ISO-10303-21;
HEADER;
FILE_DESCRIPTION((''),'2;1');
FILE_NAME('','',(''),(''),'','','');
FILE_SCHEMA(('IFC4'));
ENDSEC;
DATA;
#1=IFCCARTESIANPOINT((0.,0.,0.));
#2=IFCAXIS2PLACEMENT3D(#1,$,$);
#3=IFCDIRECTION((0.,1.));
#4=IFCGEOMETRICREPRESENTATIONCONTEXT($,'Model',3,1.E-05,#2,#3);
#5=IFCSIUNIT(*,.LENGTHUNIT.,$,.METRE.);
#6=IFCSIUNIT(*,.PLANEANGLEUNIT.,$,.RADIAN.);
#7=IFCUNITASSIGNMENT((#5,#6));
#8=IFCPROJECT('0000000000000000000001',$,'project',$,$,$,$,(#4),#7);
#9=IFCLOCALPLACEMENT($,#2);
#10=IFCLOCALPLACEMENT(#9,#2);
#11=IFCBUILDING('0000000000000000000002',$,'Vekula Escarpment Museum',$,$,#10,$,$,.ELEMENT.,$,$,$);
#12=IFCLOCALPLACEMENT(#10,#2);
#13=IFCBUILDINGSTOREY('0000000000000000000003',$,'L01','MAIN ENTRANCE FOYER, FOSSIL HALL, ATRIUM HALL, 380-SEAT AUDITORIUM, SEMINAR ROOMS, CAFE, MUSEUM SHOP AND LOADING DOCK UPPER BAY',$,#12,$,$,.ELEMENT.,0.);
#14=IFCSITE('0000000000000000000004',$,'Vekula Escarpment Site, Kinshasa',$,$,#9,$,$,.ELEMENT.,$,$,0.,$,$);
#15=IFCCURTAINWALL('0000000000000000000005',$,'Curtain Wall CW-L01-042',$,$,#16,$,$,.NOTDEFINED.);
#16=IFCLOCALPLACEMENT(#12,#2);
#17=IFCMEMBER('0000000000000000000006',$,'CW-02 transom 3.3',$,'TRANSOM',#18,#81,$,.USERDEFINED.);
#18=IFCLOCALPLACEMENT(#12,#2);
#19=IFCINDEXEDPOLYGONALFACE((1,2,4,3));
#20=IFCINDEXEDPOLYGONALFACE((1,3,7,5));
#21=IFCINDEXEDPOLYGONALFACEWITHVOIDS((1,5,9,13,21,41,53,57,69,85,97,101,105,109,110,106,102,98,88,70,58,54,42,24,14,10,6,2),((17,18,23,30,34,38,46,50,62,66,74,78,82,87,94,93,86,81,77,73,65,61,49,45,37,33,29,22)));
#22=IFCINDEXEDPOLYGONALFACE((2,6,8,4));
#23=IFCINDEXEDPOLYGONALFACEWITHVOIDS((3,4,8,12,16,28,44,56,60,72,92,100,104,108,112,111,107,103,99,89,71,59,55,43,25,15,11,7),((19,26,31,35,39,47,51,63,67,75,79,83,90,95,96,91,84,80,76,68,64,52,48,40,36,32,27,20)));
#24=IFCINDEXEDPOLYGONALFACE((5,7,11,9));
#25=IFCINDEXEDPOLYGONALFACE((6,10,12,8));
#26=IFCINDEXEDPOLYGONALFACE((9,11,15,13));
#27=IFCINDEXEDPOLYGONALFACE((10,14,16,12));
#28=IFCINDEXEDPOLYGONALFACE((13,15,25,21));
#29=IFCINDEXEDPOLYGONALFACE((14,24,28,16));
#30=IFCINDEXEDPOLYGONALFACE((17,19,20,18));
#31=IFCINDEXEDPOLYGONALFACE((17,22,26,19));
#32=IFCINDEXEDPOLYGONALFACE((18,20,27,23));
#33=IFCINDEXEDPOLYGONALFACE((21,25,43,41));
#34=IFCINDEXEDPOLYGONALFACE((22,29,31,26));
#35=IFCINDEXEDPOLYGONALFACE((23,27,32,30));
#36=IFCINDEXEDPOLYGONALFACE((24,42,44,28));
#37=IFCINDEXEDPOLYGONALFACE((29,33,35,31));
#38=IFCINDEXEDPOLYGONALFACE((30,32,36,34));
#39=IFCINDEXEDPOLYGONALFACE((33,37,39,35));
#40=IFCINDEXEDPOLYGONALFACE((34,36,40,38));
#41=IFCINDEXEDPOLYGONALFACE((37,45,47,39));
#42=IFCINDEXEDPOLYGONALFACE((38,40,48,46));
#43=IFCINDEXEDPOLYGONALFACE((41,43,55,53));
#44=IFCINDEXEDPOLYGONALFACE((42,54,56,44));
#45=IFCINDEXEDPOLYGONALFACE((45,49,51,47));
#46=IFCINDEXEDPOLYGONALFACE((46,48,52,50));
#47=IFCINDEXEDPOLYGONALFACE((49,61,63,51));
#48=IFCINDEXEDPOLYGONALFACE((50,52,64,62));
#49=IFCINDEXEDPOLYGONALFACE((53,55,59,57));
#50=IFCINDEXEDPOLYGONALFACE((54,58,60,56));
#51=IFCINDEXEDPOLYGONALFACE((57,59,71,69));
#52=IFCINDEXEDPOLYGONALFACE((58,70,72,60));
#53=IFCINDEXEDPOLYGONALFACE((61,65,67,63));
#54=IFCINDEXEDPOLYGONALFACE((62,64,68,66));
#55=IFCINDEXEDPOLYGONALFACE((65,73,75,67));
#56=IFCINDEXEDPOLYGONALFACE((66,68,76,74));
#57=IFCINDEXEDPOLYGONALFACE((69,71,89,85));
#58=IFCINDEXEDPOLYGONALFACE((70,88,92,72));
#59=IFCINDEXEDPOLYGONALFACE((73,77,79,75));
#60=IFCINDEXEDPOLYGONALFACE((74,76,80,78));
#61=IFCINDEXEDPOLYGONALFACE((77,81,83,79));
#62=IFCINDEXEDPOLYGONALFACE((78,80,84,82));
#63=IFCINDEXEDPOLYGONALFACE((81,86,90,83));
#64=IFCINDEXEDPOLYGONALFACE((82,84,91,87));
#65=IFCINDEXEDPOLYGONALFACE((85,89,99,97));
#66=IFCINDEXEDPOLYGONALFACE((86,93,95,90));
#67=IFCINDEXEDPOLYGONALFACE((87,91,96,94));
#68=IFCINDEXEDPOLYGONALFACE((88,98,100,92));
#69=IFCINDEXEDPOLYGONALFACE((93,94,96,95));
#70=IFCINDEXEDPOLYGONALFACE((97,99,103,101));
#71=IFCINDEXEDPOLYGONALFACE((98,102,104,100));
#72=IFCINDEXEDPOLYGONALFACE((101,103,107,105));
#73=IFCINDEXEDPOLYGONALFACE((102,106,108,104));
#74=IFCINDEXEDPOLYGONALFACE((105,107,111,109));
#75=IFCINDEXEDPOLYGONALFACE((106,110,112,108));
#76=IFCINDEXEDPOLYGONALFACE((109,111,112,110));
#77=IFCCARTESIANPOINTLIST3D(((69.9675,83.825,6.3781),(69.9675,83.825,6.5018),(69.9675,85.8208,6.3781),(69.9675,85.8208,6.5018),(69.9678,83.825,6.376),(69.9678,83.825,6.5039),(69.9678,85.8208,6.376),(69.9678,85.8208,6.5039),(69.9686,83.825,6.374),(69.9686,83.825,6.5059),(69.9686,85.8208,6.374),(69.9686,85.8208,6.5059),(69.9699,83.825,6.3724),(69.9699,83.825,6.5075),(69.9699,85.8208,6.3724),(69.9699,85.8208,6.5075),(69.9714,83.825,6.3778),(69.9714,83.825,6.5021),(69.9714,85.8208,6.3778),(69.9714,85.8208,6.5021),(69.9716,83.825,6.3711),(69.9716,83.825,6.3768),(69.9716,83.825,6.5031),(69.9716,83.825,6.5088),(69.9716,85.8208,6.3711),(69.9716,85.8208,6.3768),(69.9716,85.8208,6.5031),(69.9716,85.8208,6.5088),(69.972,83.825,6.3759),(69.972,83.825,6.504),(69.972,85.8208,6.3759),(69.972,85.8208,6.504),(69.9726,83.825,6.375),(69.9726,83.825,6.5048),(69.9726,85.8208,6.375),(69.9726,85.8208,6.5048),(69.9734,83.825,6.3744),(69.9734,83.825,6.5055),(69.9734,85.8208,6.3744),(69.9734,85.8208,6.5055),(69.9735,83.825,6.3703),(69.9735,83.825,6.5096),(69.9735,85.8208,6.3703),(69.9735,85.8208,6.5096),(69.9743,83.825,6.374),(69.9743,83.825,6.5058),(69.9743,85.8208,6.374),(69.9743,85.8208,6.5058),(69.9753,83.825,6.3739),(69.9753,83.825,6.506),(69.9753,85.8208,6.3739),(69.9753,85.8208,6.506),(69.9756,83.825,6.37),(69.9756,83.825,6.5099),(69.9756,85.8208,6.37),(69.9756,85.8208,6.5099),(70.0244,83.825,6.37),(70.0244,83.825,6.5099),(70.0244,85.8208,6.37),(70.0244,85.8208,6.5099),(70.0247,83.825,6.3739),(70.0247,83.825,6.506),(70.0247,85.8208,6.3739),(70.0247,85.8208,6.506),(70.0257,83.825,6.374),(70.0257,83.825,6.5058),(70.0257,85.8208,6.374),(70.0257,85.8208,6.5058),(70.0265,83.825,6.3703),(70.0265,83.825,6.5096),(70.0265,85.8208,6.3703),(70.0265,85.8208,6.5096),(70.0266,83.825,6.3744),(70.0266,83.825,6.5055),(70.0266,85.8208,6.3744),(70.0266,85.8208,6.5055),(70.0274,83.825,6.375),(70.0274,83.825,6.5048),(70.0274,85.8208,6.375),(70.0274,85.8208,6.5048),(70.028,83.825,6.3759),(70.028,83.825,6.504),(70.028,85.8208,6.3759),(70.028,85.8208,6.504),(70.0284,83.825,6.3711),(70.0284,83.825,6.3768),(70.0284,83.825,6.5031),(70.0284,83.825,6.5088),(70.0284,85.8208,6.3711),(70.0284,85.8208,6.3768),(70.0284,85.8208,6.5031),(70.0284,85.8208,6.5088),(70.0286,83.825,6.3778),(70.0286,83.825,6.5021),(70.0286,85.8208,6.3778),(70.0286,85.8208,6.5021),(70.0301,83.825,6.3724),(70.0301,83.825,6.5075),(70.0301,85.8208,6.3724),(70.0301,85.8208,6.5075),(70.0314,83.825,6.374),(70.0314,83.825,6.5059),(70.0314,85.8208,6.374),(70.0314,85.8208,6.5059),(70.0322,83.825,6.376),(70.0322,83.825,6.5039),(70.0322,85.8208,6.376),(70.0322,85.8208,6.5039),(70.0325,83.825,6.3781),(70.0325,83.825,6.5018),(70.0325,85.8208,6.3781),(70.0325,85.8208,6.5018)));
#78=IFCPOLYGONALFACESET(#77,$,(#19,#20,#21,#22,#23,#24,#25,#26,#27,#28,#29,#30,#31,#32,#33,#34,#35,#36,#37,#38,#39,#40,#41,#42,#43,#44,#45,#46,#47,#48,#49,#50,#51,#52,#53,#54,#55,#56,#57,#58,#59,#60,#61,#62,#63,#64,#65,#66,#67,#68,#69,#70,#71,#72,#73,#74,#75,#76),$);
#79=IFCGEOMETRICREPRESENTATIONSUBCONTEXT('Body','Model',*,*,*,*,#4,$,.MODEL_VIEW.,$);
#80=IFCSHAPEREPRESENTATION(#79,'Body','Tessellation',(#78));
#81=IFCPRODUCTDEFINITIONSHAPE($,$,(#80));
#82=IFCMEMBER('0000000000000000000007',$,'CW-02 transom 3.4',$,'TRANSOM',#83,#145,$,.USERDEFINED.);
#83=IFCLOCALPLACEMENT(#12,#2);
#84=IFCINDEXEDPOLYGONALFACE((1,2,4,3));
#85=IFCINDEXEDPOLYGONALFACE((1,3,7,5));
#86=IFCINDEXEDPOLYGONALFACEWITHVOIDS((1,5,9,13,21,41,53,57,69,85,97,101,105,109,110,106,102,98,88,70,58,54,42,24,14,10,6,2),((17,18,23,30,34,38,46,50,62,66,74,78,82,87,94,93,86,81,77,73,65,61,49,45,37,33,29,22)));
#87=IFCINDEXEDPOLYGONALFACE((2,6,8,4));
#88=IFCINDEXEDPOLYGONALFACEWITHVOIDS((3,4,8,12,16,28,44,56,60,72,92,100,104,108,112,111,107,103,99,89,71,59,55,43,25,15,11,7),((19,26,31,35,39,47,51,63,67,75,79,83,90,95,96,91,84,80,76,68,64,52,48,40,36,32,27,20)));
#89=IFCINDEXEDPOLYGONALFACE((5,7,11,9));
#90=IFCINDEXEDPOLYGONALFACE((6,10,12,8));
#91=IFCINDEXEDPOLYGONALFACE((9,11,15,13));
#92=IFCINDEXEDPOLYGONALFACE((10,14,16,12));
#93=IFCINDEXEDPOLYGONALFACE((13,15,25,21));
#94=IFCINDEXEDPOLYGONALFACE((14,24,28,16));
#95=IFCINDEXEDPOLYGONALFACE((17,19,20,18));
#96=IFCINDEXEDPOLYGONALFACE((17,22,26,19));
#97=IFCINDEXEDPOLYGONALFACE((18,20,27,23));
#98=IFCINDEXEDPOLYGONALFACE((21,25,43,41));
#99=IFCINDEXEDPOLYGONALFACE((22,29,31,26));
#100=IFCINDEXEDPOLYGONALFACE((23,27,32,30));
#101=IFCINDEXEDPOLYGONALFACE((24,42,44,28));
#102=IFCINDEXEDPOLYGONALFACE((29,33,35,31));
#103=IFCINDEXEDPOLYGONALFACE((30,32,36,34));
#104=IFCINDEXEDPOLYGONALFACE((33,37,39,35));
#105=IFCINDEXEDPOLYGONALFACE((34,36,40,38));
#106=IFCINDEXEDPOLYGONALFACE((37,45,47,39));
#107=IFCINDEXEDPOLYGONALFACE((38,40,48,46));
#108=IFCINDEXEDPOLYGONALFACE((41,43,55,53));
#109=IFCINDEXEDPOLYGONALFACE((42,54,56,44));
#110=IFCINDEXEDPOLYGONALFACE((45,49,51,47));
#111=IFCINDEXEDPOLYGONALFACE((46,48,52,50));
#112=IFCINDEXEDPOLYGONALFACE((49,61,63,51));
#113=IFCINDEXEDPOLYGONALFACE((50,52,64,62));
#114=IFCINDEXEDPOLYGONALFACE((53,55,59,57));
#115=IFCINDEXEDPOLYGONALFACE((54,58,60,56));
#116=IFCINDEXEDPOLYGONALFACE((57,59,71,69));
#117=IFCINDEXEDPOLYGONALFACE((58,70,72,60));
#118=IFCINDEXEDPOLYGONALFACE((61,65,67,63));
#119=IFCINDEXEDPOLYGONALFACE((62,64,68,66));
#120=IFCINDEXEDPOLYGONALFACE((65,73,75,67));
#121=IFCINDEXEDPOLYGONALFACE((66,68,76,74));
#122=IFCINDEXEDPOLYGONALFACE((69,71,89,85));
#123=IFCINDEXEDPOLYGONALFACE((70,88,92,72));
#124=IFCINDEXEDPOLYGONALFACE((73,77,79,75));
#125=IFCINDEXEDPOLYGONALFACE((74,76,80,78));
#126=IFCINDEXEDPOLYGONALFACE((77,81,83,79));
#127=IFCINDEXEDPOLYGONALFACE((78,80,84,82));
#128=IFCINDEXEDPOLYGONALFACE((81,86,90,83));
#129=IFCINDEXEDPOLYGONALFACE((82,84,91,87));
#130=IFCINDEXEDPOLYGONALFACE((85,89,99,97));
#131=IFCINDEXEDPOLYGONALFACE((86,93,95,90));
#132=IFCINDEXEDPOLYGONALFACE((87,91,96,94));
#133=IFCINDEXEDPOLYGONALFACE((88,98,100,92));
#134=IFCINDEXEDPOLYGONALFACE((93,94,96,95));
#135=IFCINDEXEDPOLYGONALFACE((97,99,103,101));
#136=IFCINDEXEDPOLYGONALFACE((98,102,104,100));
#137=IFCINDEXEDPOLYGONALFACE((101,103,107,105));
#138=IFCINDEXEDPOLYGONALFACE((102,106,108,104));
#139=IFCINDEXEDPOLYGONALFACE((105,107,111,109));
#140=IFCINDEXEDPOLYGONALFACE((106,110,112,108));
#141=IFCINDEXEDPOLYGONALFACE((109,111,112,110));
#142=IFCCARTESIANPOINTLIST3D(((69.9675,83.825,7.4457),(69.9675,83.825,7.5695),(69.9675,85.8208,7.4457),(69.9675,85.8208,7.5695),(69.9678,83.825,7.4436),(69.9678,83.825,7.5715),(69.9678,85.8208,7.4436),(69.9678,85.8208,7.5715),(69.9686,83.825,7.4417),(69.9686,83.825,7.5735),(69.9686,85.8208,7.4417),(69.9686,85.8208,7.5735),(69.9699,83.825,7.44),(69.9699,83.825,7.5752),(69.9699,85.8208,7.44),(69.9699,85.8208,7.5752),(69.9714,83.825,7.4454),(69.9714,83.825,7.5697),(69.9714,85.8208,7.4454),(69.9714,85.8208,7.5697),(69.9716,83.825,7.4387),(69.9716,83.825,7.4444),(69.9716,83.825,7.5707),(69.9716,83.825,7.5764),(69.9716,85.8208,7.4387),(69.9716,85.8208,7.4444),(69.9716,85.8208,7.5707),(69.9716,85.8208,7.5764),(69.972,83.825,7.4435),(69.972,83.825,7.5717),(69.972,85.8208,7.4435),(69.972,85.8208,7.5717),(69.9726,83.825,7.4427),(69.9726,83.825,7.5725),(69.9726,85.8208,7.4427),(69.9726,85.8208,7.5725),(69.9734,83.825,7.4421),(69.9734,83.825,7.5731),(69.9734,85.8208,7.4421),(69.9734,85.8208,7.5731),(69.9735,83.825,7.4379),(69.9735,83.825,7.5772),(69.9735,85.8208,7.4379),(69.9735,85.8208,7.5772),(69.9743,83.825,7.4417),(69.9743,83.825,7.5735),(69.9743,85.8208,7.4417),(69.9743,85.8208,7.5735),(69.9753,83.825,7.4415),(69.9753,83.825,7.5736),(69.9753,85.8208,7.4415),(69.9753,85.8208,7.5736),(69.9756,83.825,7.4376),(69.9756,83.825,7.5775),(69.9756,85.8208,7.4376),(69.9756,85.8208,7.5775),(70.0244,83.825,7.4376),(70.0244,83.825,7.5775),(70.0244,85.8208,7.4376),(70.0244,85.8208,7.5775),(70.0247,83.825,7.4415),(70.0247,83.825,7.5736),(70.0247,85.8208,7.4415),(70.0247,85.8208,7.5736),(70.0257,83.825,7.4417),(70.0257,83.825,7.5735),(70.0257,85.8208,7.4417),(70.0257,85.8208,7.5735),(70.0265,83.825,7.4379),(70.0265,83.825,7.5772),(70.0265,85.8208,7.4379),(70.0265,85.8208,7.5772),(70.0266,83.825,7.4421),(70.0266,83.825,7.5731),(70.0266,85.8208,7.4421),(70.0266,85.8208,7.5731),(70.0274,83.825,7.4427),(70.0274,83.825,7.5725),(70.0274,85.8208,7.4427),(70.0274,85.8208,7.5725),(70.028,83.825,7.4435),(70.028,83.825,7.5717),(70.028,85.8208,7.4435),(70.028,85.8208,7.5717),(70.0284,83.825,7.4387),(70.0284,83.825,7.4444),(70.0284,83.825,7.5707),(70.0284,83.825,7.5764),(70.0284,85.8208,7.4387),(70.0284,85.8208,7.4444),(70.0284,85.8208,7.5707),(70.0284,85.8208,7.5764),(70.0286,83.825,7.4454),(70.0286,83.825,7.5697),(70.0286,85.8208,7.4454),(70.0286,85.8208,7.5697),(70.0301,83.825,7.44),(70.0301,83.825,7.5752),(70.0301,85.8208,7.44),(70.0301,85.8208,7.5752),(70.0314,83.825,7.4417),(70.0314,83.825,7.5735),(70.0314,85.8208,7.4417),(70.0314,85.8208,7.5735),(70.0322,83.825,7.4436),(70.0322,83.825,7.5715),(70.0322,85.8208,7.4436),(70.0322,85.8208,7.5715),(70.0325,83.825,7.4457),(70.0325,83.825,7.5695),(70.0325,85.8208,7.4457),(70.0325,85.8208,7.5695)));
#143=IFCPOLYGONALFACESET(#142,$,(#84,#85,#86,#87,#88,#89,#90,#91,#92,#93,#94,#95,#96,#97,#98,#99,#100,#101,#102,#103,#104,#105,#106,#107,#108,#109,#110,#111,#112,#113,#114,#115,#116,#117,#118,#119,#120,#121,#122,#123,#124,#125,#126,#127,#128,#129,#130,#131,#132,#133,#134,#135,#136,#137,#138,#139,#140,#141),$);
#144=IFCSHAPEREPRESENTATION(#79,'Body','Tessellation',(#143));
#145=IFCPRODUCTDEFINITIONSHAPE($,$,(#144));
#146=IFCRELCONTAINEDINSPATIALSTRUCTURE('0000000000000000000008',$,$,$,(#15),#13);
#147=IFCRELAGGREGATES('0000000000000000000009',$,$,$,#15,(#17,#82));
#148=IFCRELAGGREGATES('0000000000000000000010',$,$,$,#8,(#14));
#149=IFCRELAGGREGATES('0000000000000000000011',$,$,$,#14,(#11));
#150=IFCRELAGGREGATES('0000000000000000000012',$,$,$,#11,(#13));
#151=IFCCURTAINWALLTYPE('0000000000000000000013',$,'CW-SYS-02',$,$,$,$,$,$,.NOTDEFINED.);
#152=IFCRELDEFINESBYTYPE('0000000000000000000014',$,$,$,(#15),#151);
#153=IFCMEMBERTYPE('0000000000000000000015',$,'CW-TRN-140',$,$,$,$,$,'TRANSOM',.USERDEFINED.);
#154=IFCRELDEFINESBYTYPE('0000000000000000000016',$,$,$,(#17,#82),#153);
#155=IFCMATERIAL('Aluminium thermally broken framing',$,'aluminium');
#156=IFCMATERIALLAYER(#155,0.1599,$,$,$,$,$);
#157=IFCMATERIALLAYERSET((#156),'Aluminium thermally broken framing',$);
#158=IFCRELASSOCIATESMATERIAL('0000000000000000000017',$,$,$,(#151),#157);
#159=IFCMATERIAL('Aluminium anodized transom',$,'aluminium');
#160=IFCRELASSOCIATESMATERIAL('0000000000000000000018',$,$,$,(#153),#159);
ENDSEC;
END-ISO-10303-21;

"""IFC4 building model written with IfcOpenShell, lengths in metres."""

from ifc_helpers import new_model, si_unit, direction, frame, origin, origin_2d, place, context, subcontext, project, spatial, hollow_rectangle, extrude, material, layer, layer_set, material_profile, profile_set, type_object, element, aggregate, save


model = new_model("IFC4")

# Units and contexts
model_context = context("Model", 3, precision=1e-05, world=origin(), true_north=direction((0.0, 1.0)))
body_context = subcontext(model_context, "Body", "Model", "MODEL_VIEW")
ifc_project = project(units=[si_unit("LENGTHUNIT", "METRE"), si_unit("PLANEANGLEUNIT", "RADIAN")], contexts=[model_context])

# Site, building, storey
site_placement = place(None, origin())
site = spatial("IfcSite", under=ifc_project, at=site_placement, Name="Vekula Escarpment Site, Kinshasa", CompositionType="ELEMENT", RefElevation=0.0)
building_placement = place(site_placement, origin())
building = spatial("IfcBuilding", under=site, at=building_placement, Name="Vekula Escarpment Museum", CompositionType="ELEMENT")
storey_placement = place(building_placement, origin())
storey = spatial("IfcBuildingStorey", under=building, at=storey_placement, Name="L01", Description="MAIN ENTRANCE FOYER, FOSSIL HALL, ATRIUM HALL, 380-SEAT AUDITORIUM, SEMINAR ROOMS, CAFE, MUSEUM SHOP AND LOADING DOCK UPPER BAY", CompositionType="ELEMENT", Elevation=0.0)

# Curtain wall, members
ifc_material_1 = material(Name="Aluminium thermally broken framing", Category="aluminium")
ifc_layer_1 = layer(ifc_material_1, 0.1599)
ifc_layer_set_1 = layer_set([ifc_layer_1], Name="Aluminium thermally broken framing")
curtain_wall_type = type_object("IfcCurtainWallType", Name="CW-SYS-02", PredefinedType="NOTDEFINED", material=ifc_layer_set_1)
curtain_wall_placement = place(storey_placement, origin())
curtain_wall = element("IfcCurtainWall", 1, at=curtain_wall_placement, inside=storey, type_object=curtain_wall_type, Name="Curtain Wall CW-L01-042", PredefinedType="NOTDEFINED")
ifc_material_2 = material(Name="Aluminium anodized transom", Category="aluminium")
ifc_material_profile_1 = material_profile(ifc_material_2, hollow_rectangle(XDim=0.0649, YDim=0.1399, WallThickness=0.0039, InnerFilletRadius=0.0039, OuterFilletRadius=0.0081, at=origin_2d()), Name="ALU 140x65x4")
ifc_profile_set_1 = profile_set([ifc_material_profile_1], Name="Aluminium anodized transom")
member_type_1 = type_object("IfcMemberType", Name="CW-TRN-140", ElementType="TRANSOM", PredefinedType="USERDEFINED", material=ifc_profile_set_1)
member_1_placement = place(storey_placement, frame((70.0, 85.8208, 6.4399), z_axis=(0.0, -1.0, 0.0), x_axis=(1.0, 0.0, 0.0)))
member_1 = element("IfcMember", 2, at=member_1_placement, type_object=member_type_1, Name="CW-02 transom 3.3", ObjectType="TRANSOM", PredefinedType="USERDEFINED", context=body_context, shape_type="SweptSolid", body=[
    extrude(hollow_rectangle(XDim=0.0649, YDim=0.1399, WallThickness=0.0039, InnerFilletRadius=0.0039, OuterFilletRadius=0.0081, at=origin_2d()), origin(), (0.0, 0.0, 1.0), 1.9958),
])
member_2_placement = place(storey_placement, frame((70.0, 85.8208, 7.5076), z_axis=(0.0, -1.0, 0.0), x_axis=(1.0, 0.0, 0.0)))
member_2 = element("IfcMember", 3, at=member_2_placement, type_object=member_type_1, Name="CW-02 transom 3.4", ObjectType="TRANSOM", PredefinedType="USERDEFINED", context=body_context, shape_type="SweptSolid", body=[
    extrude(hollow_rectangle(XDim=0.0649, YDim=0.1399, WallThickness=0.0039, InnerFilletRadius=0.0039, OuterFilletRadius=0.0081, at=origin_2d()), origin(), (0.0, 0.0, 1.0), 1.9958),
])

aggregate(curtain_wall, [member_1, member_2])

save(model, "model.ifc")
